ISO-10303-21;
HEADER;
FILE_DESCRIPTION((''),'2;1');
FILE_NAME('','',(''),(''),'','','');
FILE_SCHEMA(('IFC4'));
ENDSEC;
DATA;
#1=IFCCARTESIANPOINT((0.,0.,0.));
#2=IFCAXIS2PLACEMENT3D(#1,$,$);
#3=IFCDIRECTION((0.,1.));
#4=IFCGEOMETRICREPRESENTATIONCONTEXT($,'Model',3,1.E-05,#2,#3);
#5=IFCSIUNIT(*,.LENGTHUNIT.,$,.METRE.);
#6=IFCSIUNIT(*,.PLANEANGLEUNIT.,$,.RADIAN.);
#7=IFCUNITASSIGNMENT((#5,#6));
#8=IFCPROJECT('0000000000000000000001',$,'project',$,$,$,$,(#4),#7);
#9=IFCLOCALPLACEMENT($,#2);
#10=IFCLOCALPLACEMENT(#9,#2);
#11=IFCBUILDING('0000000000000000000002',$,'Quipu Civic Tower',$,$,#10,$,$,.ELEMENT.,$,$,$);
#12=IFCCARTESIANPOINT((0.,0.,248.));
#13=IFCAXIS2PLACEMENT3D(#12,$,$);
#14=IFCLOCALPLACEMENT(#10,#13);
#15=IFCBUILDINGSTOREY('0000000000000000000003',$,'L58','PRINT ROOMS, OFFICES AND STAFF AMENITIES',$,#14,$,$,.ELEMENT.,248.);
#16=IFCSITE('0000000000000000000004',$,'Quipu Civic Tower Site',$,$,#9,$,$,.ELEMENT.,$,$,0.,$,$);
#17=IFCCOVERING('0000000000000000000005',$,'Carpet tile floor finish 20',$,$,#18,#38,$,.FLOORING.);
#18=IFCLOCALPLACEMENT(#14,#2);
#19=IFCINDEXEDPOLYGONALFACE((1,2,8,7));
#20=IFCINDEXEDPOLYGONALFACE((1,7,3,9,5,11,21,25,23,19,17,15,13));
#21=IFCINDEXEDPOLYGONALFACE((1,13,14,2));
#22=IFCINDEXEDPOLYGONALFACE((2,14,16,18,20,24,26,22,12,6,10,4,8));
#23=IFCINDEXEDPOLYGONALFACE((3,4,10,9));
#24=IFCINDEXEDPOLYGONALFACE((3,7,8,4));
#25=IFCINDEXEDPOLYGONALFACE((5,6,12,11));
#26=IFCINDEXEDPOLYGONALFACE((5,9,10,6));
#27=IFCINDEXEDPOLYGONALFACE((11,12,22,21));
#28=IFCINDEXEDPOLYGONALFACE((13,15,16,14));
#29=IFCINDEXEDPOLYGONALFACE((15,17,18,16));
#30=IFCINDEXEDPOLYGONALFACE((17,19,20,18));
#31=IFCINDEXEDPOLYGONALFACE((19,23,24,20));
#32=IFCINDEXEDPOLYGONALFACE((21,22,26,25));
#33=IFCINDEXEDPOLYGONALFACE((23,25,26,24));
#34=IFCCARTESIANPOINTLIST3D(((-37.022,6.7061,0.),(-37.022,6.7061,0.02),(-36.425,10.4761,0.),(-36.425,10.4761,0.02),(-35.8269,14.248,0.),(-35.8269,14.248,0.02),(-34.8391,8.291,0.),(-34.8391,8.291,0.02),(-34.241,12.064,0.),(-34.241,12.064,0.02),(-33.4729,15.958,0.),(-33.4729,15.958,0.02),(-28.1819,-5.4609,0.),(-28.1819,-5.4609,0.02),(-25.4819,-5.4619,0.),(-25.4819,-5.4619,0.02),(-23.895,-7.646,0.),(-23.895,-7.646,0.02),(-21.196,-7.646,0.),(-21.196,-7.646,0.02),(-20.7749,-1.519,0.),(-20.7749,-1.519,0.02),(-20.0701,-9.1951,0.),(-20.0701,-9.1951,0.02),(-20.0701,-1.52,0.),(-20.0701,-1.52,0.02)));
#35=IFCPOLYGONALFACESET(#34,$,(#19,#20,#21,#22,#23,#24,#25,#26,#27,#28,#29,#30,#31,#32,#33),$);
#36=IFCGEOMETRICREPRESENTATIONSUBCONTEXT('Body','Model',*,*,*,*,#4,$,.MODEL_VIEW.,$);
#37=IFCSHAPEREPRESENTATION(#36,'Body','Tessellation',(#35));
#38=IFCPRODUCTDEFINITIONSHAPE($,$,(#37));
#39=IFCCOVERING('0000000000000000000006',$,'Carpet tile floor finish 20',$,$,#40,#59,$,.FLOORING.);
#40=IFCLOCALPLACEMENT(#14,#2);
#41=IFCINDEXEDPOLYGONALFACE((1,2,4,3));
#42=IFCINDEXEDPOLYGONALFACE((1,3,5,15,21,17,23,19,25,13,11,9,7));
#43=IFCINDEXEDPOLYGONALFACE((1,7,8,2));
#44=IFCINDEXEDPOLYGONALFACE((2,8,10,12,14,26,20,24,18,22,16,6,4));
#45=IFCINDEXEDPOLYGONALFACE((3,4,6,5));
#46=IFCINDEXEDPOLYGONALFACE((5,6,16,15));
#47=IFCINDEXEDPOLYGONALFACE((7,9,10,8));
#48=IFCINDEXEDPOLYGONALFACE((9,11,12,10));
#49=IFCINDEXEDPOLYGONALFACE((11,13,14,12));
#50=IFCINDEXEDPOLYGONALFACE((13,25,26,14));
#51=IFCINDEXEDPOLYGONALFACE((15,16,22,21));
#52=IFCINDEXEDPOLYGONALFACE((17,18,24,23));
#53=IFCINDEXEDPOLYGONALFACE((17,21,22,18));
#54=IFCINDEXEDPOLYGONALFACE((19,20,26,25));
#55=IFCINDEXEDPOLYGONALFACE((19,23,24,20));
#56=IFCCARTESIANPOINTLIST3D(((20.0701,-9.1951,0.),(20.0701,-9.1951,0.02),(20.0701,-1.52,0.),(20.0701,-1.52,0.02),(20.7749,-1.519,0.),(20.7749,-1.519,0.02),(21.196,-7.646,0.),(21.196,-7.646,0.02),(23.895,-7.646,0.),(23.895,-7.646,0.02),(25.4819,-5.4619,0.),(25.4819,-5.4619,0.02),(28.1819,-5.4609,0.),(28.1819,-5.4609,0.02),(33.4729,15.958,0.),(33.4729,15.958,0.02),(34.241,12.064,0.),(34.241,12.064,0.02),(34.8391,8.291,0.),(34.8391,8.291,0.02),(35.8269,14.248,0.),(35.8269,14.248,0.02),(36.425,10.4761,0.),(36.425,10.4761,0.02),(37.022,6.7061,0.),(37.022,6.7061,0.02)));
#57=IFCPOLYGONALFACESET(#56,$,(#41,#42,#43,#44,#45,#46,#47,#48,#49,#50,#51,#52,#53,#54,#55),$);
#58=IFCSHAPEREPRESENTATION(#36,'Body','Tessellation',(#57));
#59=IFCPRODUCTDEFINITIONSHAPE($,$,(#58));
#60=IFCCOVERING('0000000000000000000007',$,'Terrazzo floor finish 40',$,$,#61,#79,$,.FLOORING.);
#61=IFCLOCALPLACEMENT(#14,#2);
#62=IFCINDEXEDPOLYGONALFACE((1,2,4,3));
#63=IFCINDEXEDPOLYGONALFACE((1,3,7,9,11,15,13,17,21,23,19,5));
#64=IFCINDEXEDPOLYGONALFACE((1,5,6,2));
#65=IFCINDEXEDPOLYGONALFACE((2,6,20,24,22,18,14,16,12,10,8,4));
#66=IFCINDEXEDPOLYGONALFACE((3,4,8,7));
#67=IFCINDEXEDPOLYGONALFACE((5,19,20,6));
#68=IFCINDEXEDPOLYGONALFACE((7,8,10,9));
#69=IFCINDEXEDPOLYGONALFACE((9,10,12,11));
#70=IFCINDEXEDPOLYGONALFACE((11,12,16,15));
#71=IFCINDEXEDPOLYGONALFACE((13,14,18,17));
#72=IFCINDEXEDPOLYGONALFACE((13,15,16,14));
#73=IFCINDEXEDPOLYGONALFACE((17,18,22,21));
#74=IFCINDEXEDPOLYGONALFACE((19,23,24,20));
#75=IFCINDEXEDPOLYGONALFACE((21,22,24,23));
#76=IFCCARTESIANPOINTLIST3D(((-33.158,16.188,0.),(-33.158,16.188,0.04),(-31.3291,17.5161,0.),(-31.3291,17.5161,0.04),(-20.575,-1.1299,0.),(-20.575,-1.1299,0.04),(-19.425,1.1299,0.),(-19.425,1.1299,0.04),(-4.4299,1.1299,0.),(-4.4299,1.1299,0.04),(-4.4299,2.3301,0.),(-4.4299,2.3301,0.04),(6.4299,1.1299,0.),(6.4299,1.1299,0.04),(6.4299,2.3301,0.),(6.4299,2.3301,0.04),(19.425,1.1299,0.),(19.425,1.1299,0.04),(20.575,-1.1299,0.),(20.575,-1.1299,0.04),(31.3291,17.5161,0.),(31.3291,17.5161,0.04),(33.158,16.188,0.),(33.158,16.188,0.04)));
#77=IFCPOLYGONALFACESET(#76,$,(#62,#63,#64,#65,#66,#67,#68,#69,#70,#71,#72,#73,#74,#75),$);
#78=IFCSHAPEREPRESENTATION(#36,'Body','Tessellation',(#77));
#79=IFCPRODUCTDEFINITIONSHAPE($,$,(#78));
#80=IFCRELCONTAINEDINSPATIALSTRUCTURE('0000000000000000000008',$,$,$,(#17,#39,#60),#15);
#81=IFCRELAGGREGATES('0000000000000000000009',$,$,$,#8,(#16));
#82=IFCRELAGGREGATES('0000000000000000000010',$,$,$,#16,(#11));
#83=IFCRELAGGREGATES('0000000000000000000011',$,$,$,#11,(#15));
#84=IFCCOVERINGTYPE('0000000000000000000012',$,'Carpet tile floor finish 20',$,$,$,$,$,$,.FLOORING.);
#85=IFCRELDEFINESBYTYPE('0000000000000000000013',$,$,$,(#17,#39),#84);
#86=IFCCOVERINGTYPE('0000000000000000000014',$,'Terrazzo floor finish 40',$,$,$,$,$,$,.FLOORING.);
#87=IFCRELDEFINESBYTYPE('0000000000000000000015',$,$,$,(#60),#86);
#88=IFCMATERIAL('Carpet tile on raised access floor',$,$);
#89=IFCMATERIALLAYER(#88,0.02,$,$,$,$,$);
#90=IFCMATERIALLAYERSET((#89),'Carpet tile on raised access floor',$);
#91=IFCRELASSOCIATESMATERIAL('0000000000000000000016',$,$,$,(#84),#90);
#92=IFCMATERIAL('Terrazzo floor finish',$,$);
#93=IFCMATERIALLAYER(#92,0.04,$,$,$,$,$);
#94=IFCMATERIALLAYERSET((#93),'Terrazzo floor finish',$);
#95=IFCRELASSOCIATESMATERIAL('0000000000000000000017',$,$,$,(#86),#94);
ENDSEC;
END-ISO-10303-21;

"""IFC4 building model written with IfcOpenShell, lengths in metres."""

from ifc_helpers import new_model, si_unit, direction, frame, origin, place, context, subcontext, project, spatial, polyline, outline, extrude, material, layer, layer_set, type_object, element, save


model = new_model("IFC4")

# Units and contexts
model_context = context("Model", 3, precision=1e-05, world=origin(), true_north=direction((0.0, 1.0)))
body_context = subcontext(model_context, "Body", "Model", "MODEL_VIEW")
ifc_project = project(units=[si_unit("LENGTHUNIT", "METRE"), si_unit("PLANEANGLEUNIT", "RADIAN")], contexts=[model_context])

# Site, building, storey
site_placement = place(None, origin())
site = spatial("IfcSite", under=ifc_project, at=site_placement, Name="Quipu Civic Tower Site", CompositionType="ELEMENT", RefElevation=0.0)
building_placement = place(site_placement, origin())
building = spatial("IfcBuilding", under=site, at=building_placement, Name="Quipu Civic Tower", CompositionType="ELEMENT")
storey_placement = place(building_placement, frame((0.0, 0.0, 248.0)))
storey = spatial("IfcBuildingStorey", under=building, at=storey_placement, Name="L58", Description="PRINT ROOMS, OFFICES AND STAFF AMENITIES", CompositionType="ELEMENT", Elevation=248.0)

# Coverings
ifc_material_1 = material(Name="Carpet tile on raised access floor")
ifc_layer_1 = layer(ifc_material_1, 0.02)
ifc_layer_set_1 = layer_set([ifc_layer_1], Name="Carpet tile on raised access floor")
covering_type_1 = type_object("IfcCoveringType", Name="Carpet tile floor finish 20", PredefinedType="FLOORING", material=ifc_layer_set_1)
covering_1_placement = place(storey_placement, origin())
element("IfcCovering", 1, at=covering_1_placement, inside=storey, type_object=covering_type_1, Name="Carpet tile floor finish 20", PredefinedType="FLOORING", context=body_context, shape_type="SweptSolid", body=[
    extrude(outline(polyline([(-37.022, 6.7061), (-34.8391, 8.291), (-36.425, 10.4761), (-34.241, 12.064), (-35.8269, 14.248), (-33.4729, 15.958), (-20.7749, -1.519), (-20.0701, -1.52), (-20.0701, -9.1951), (-21.196, -7.646), (-23.895, -7.646), (-25.4819, -5.4619), (-28.1819, -5.4609), (-37.022, 6.7061)])), origin(), (0.0, 0.0, 1.0), 0.02),
])
covering_2_placement = place(storey_placement, origin())
element("IfcCovering", 2, at=covering_2_placement, inside=storey, type_object=covering_type_1, Name="Carpet tile floor finish 20", PredefinedType="FLOORING", context=body_context, shape_type="SweptSolid", body=[
    extrude(outline(polyline([(20.0701, -9.1951), (20.0701, -1.52), (20.7749, -1.519), (33.4729, 15.958), (35.8269, 14.248), (34.241, 12.064), (36.425, 10.4761), (34.8391, 8.291), (37.022, 6.7061), (28.1819, -5.4609), (25.4819, -5.4619), (23.895, -7.646), (21.196, -7.646), (20.0701, -9.1951)])), origin(), (0.0, 0.0, 1.0), 0.02),
])
ifc_material_2 = material(Name="Terrazzo floor finish")
ifc_layer_2 = layer(ifc_material_2, 0.04)
ifc_layer_set_2 = layer_set([ifc_layer_2], Name="Terrazzo floor finish")
covering_type_2 = type_object("IfcCoveringType", Name="Terrazzo floor finish 40", PredefinedType="FLOORING", material=ifc_layer_set_2)
covering_3_placement = place(storey_placement, origin())
element("IfcCovering", 3, at=covering_3_placement, inside=storey, type_object=covering_type_2, Name="Terrazzo floor finish 40", PredefinedType="FLOORING", context=body_context, shape_type="SweptSolid", body=[
    extrude(outline(polyline([(6.4299, 2.3301), (6.4299, 1.1299), (19.425, 1.1299), (31.3291, 17.5161), (33.158, 16.188), (20.575, -1.1299), (-20.575, -1.1299), (-33.158, 16.188), (-31.3291, 17.5161), (-19.425, 1.1299), (-4.4299, 1.1299), (-4.4299, 2.3301), (6.4299, 2.3301)])), origin(), (0.0, 0.0, 1.0), 0.04),
])

save(model, "model.ifc")
